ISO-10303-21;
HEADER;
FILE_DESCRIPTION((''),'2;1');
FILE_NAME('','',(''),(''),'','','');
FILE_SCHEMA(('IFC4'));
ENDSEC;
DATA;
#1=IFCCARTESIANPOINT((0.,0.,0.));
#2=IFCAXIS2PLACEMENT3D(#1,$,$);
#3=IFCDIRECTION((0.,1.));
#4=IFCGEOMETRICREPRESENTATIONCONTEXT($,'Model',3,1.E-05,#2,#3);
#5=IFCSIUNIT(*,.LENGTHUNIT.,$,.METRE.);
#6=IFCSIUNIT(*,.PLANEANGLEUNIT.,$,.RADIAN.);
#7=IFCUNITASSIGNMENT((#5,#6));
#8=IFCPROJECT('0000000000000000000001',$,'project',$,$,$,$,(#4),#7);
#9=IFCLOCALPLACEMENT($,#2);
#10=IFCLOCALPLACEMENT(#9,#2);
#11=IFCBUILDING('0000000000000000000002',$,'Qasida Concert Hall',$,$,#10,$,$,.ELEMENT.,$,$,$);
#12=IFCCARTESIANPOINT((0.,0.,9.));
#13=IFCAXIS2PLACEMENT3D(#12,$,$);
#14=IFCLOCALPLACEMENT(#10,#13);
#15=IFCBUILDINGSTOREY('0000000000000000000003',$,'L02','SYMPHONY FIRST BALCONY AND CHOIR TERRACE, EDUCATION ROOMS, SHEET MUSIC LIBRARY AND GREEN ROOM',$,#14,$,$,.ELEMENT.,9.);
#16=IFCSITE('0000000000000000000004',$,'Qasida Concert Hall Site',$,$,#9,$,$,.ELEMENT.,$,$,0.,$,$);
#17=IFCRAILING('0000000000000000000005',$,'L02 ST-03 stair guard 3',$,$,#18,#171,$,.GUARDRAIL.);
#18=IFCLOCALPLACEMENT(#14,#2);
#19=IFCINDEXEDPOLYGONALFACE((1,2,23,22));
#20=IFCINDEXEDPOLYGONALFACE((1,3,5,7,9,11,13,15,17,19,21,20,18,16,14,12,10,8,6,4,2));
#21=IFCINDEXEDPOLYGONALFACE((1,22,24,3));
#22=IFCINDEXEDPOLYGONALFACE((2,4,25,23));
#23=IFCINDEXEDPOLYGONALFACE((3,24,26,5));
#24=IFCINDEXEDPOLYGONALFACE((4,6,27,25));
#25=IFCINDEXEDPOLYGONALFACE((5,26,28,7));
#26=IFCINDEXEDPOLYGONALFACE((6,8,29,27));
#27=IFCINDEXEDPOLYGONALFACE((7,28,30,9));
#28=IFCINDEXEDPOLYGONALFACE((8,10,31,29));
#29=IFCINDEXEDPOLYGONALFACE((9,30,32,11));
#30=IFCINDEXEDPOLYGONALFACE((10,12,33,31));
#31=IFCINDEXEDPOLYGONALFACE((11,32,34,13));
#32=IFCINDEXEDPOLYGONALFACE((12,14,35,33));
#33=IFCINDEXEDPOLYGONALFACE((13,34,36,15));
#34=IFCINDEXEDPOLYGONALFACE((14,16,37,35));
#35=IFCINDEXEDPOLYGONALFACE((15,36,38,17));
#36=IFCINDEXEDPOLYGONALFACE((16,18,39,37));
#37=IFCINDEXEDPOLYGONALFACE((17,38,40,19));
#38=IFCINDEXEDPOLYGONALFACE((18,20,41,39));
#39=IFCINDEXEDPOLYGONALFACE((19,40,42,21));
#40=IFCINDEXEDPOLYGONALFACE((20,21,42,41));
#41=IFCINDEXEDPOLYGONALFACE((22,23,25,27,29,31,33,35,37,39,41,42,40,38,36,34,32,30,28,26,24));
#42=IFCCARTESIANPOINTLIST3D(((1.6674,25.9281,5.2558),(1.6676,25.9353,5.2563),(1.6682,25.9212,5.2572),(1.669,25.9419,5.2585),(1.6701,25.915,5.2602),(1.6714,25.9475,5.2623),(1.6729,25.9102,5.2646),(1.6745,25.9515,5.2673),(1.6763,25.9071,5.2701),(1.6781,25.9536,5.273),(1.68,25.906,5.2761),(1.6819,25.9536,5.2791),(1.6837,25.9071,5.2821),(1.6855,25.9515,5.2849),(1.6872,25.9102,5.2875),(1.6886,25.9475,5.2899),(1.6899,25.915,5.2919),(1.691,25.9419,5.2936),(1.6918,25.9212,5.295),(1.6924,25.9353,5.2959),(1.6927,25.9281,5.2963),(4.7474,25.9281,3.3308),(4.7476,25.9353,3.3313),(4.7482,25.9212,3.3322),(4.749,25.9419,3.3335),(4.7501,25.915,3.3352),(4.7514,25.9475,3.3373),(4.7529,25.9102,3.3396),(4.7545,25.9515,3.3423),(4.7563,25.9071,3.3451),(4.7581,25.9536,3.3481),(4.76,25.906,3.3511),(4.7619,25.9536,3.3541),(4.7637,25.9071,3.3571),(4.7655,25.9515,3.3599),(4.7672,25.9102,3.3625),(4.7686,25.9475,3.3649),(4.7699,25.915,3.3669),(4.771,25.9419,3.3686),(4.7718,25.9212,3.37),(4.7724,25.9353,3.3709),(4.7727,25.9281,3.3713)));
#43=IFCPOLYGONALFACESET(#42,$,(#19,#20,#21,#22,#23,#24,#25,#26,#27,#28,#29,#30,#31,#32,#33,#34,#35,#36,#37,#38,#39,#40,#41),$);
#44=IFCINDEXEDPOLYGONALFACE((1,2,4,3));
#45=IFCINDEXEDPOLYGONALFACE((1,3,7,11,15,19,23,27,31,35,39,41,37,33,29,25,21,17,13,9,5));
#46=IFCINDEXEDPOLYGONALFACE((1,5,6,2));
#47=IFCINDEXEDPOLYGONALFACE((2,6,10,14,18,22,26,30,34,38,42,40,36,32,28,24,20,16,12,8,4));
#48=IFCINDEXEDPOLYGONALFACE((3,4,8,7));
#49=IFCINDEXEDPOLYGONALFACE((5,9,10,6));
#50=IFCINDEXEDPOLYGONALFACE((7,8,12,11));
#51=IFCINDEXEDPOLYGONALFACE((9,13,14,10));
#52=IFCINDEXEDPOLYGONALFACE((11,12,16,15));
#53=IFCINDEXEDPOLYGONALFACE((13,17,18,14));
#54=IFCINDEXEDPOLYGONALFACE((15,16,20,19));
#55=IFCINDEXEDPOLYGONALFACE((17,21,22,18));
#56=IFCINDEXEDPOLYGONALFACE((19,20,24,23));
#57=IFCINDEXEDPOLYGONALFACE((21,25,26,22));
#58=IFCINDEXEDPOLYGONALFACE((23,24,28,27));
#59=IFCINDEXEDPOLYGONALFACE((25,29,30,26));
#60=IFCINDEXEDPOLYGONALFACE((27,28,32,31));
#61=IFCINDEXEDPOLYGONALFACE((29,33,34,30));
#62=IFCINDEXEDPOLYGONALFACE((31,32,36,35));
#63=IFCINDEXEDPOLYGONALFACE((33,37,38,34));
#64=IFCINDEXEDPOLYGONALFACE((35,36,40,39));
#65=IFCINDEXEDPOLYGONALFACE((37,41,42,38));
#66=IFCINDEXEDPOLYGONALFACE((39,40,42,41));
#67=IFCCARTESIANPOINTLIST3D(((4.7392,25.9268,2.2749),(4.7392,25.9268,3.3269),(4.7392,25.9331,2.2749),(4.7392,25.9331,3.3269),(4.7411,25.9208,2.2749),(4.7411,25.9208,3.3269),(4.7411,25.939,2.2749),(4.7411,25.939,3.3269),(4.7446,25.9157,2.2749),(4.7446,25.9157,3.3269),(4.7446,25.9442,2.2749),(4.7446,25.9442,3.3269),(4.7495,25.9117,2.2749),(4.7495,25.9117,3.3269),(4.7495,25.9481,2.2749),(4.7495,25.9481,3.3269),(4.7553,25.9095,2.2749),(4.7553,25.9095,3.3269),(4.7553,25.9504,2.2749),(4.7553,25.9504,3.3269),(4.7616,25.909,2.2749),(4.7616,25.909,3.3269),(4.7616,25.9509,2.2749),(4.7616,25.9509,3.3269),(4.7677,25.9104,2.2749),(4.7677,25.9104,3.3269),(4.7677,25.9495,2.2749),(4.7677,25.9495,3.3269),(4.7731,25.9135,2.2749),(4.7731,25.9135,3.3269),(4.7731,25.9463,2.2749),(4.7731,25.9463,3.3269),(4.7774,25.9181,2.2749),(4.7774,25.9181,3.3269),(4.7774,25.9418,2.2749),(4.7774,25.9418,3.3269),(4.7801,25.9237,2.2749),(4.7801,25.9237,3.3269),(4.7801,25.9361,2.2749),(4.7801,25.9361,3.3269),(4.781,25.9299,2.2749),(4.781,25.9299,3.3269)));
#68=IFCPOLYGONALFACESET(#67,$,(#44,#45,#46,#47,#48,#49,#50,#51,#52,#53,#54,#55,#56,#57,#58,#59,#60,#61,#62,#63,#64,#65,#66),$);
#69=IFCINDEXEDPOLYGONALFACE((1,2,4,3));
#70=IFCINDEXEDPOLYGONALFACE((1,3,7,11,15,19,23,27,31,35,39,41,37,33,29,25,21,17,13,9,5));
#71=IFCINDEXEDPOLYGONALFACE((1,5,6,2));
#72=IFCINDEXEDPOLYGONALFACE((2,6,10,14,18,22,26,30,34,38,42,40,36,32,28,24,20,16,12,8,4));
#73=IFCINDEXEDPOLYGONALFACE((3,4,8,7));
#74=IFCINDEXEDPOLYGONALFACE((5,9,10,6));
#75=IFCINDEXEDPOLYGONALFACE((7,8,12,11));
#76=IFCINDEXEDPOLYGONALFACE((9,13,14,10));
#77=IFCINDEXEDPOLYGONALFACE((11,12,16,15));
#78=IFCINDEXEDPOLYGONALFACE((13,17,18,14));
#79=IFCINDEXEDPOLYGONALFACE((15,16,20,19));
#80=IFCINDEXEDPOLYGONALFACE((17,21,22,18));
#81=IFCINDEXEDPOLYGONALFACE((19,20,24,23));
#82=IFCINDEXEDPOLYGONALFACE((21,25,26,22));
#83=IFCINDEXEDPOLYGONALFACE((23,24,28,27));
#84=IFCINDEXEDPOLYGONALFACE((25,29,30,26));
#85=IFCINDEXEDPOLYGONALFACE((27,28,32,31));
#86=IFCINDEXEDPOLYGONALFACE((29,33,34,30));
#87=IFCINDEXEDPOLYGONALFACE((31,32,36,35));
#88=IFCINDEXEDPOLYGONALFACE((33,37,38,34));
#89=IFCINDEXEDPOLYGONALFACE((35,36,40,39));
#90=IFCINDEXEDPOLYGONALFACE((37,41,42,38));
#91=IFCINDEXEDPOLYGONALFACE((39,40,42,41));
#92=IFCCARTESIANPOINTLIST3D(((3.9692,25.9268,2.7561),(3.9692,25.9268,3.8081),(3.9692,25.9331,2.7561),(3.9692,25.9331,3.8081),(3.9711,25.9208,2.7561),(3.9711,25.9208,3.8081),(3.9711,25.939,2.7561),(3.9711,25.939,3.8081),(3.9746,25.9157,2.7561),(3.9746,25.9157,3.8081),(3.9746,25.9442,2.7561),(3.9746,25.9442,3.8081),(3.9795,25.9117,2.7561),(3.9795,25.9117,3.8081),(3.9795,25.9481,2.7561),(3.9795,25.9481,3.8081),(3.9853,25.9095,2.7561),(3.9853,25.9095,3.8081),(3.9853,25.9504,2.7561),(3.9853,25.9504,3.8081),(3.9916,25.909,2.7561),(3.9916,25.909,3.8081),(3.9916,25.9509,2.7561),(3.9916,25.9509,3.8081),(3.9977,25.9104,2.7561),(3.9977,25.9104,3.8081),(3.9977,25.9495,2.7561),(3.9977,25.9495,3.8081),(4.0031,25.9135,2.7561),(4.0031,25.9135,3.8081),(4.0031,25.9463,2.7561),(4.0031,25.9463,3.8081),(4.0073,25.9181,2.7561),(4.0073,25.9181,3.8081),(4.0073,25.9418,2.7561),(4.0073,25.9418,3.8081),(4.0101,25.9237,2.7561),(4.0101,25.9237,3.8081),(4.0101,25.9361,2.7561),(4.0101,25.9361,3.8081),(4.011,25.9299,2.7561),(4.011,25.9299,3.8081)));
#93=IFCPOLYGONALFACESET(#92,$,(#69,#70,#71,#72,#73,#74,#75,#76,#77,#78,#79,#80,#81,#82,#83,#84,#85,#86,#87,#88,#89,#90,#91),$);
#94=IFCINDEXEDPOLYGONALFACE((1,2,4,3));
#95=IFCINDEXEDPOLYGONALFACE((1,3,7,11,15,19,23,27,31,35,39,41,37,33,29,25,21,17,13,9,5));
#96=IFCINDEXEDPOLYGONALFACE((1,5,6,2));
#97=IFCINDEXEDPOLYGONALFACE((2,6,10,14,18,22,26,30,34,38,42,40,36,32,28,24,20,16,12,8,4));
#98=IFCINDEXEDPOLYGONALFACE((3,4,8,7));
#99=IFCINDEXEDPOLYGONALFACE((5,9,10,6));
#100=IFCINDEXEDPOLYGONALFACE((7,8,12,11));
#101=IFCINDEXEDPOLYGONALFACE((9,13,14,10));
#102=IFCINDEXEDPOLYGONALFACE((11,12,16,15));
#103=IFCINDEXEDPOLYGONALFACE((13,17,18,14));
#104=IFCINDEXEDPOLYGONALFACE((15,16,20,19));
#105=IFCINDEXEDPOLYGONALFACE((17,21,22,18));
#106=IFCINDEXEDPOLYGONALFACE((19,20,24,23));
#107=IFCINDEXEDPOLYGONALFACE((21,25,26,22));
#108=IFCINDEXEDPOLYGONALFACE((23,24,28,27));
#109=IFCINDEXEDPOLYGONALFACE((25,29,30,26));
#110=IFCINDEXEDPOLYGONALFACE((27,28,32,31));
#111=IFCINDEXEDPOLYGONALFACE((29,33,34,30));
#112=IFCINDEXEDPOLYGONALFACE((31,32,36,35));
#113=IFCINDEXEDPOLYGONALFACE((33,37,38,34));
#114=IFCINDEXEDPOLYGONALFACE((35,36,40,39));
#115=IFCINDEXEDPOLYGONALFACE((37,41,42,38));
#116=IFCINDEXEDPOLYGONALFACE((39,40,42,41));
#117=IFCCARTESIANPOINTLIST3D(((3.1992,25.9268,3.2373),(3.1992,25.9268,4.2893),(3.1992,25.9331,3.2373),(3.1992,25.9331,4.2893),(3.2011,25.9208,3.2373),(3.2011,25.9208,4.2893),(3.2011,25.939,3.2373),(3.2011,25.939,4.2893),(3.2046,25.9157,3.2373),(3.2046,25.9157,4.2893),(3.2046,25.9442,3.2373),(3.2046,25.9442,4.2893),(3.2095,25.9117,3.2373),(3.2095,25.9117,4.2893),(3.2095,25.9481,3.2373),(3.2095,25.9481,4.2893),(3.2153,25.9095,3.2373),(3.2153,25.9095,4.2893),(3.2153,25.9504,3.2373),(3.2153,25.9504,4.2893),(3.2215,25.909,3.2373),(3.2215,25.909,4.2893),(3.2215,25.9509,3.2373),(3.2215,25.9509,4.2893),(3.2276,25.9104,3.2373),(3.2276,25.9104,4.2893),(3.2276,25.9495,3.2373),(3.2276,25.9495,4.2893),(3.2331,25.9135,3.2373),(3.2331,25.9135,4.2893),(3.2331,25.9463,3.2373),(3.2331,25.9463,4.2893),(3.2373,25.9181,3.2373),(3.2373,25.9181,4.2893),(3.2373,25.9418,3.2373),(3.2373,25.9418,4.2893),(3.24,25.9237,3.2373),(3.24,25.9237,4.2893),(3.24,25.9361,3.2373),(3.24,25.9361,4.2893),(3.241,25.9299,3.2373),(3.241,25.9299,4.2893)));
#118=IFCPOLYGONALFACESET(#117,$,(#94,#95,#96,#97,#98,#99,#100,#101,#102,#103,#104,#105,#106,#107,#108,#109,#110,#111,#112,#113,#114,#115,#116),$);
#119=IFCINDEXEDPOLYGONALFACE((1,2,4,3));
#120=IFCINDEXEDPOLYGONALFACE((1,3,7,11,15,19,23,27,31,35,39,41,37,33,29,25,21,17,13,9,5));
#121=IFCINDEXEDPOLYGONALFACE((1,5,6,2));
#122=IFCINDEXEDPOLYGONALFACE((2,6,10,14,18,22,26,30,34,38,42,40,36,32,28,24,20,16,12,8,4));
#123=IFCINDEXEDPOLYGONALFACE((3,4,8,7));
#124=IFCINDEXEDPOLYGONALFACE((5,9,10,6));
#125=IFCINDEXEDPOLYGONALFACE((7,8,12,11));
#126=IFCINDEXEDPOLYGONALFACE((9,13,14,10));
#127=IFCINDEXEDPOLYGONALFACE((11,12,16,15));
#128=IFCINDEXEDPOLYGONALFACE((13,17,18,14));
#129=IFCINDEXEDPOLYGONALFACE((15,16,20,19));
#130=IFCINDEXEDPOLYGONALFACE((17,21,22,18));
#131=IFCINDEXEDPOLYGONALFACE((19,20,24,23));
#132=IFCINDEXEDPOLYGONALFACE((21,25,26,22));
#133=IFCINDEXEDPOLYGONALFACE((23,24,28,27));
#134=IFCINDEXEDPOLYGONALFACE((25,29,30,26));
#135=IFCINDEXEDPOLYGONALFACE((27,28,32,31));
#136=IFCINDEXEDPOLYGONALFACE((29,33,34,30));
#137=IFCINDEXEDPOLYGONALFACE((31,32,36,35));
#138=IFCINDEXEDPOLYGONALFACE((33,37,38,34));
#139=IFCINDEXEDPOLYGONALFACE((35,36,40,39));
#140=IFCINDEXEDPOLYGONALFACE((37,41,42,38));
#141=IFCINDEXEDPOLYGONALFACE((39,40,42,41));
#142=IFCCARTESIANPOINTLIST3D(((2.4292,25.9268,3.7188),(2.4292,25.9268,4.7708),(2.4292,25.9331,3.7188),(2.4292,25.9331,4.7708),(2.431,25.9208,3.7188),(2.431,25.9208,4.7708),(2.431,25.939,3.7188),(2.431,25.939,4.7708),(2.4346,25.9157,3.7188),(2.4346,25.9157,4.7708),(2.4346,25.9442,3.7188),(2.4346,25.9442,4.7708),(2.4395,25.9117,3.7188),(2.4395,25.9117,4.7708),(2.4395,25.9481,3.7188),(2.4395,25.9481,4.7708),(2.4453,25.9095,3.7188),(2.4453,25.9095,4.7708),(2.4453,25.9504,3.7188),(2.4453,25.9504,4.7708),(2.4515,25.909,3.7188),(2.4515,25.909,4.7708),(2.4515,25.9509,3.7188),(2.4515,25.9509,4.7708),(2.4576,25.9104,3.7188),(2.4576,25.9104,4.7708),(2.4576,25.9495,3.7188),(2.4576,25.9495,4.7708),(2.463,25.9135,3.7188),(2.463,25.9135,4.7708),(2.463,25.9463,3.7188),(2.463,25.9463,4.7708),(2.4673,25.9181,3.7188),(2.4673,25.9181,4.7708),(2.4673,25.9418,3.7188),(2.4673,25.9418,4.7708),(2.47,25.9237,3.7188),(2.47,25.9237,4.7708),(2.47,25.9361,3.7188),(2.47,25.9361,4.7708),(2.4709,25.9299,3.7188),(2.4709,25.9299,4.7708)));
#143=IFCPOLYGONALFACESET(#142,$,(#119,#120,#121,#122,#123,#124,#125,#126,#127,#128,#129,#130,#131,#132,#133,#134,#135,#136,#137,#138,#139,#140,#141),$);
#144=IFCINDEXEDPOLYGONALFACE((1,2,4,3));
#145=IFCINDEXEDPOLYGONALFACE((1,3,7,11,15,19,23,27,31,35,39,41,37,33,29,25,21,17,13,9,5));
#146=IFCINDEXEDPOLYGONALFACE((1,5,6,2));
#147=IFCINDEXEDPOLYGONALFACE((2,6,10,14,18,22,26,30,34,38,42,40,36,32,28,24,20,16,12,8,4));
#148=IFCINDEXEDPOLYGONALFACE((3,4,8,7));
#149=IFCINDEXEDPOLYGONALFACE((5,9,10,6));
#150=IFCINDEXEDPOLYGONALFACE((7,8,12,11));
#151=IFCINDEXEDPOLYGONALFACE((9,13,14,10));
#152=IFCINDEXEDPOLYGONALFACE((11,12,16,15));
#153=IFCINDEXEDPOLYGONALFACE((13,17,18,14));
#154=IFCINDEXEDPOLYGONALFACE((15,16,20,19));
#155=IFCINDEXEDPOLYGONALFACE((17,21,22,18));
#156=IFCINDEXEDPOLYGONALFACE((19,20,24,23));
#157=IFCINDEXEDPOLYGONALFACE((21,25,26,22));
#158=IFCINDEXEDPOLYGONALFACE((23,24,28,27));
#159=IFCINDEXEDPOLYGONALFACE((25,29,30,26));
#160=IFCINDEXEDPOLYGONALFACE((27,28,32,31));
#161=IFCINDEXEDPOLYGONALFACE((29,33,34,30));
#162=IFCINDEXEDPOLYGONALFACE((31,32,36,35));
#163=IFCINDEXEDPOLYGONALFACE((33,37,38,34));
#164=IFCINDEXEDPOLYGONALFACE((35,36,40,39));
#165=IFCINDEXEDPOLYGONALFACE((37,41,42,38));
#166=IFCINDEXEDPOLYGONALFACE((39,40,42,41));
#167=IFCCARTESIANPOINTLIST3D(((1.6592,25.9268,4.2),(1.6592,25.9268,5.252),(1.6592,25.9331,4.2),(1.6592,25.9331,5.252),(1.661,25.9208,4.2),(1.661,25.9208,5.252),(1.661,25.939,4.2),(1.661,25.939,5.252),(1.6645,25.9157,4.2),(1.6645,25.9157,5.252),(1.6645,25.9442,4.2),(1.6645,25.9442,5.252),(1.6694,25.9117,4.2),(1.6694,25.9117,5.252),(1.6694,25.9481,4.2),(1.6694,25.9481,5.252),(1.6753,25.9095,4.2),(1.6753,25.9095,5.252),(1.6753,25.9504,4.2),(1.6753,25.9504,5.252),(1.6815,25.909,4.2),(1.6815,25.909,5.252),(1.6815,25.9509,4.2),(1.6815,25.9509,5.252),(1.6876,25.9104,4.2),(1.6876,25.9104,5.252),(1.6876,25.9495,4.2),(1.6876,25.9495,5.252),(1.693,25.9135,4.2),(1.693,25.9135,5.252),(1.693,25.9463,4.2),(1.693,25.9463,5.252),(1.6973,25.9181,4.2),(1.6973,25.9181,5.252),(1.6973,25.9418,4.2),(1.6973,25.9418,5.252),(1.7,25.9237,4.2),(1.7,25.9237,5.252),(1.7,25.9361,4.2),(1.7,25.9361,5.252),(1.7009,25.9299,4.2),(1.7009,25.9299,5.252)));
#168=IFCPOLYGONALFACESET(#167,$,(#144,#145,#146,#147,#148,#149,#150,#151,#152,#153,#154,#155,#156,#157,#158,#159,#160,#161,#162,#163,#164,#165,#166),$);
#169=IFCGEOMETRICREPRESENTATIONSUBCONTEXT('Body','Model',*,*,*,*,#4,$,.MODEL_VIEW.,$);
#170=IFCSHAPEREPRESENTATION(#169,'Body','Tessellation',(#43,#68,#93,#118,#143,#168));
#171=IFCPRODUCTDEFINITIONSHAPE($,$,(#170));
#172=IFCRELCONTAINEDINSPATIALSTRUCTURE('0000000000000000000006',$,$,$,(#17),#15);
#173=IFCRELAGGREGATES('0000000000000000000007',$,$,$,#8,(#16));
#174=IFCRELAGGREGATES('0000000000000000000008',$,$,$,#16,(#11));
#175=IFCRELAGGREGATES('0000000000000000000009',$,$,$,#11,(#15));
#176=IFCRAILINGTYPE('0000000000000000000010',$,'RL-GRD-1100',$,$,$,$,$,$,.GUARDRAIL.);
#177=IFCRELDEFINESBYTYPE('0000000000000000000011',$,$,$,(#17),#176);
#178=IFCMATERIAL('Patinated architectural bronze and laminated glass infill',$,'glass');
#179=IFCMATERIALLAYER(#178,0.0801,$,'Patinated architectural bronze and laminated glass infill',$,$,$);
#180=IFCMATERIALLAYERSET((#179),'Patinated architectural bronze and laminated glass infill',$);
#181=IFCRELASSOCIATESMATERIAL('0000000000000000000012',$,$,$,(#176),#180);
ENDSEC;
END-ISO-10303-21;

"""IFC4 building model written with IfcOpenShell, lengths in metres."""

from ifc_helpers import new_model, si_unit, direction, frame, origin, origin_2d, place, context, subcontext, project, spatial, circle, extrude, material, layer, layer_set, type_object, element, save


model = new_model("IFC4")

# Units and contexts
model_context = context("Model", 3, precision=1e-05, world=origin(), true_north=direction((0.0, 1.0)))
body_context = subcontext(model_context, "Body", "Model", "MODEL_VIEW")
ifc_project = project(units=[si_unit("LENGTHUNIT", "METRE"), si_unit("PLANEANGLEUNIT", "RADIAN")], contexts=[model_context])

# Site, building, storey
site_placement = place(None, origin())
site = spatial("IfcSite", under=ifc_project, at=site_placement, Name="Qasida Concert Hall Site", CompositionType="ELEMENT", RefElevation=0.0)
building_placement = place(site_placement, origin())
building = spatial("IfcBuilding", under=site, at=building_placement, Name="Qasida Concert Hall", CompositionType="ELEMENT")
storey_placement = place(building_placement, frame((0.0, 0.0, 9.0)))
storey = spatial("IfcBuildingStorey", under=building, at=storey_placement, Name="L02", Description="SYMPHONY FIRST BALCONY AND CHOIR TERRACE, EDUCATION ROOMS, SHEET MUSIC LIBRARY AND GREEN ROOM", CompositionType="ELEMENT", Elevation=9.0)

# Railing
ifc_material_1 = material(Name="Patinated architectural bronze and laminated glass infill", Category="glass")
ifc_layer_1 = layer(ifc_material_1, 0.0801, Name="Patinated architectural bronze and laminated glass infill")
ifc_layer_set_1 = layer_set([ifc_layer_1], Name="Patinated architectural bronze and laminated glass infill")
railing_type_1 = type_object("IfcRailingType", Name="RL-GRD-1100", PredefinedType="GUARDRAIL", material=ifc_layer_set_1)
railing_1_placement = place(storey_placement, frame((4.76, 25.9299, 2.2749)))
element("IfcRailing", 1, at=railing_1_placement, inside=storey, type_object=railing_type_1, Name="L02 ST-03 stair guard 3", PredefinedType="GUARDRAIL", context=body_context, shape_type="SweptSolid", body=[
    extrude(circle(Radius=0.0239, at=origin_2d()), frame((0.0, 0.0, 1.0762), z_axis=(-0.847998, 0.0, 0.529999), x_axis=(0.0, -1.0, 0.0)), (0.0, 0.0, 1.0), 3.6321),
    extrude(circle(Radius=0.021, at=origin_2d()), origin(), (0.0, 0.0, 1.0), 1.052),
    extrude(circle(Radius=0.021, at=origin_2d()), frame((-0.77, 0.0, 0.4812)), (0.0, 0.0, 1.0), 1.052),
    extrude(circle(Radius=0.021, at=origin_2d()), frame((-1.54, 0.0, 0.9624)), (0.0, 0.0, 1.0), 1.052),
    extrude(circle(Radius=0.021, at=origin_2d()), frame((-2.3101, 0.0, 1.4438)), (0.0, 0.0, 1.0), 1.052),
    extrude(circle(Radius=0.021, at=origin_2d()), frame((-3.0801, 0.0, 1.925)), (0.0, 0.0, 1.0), 1.052),
])

save(model, "model.ifc")
